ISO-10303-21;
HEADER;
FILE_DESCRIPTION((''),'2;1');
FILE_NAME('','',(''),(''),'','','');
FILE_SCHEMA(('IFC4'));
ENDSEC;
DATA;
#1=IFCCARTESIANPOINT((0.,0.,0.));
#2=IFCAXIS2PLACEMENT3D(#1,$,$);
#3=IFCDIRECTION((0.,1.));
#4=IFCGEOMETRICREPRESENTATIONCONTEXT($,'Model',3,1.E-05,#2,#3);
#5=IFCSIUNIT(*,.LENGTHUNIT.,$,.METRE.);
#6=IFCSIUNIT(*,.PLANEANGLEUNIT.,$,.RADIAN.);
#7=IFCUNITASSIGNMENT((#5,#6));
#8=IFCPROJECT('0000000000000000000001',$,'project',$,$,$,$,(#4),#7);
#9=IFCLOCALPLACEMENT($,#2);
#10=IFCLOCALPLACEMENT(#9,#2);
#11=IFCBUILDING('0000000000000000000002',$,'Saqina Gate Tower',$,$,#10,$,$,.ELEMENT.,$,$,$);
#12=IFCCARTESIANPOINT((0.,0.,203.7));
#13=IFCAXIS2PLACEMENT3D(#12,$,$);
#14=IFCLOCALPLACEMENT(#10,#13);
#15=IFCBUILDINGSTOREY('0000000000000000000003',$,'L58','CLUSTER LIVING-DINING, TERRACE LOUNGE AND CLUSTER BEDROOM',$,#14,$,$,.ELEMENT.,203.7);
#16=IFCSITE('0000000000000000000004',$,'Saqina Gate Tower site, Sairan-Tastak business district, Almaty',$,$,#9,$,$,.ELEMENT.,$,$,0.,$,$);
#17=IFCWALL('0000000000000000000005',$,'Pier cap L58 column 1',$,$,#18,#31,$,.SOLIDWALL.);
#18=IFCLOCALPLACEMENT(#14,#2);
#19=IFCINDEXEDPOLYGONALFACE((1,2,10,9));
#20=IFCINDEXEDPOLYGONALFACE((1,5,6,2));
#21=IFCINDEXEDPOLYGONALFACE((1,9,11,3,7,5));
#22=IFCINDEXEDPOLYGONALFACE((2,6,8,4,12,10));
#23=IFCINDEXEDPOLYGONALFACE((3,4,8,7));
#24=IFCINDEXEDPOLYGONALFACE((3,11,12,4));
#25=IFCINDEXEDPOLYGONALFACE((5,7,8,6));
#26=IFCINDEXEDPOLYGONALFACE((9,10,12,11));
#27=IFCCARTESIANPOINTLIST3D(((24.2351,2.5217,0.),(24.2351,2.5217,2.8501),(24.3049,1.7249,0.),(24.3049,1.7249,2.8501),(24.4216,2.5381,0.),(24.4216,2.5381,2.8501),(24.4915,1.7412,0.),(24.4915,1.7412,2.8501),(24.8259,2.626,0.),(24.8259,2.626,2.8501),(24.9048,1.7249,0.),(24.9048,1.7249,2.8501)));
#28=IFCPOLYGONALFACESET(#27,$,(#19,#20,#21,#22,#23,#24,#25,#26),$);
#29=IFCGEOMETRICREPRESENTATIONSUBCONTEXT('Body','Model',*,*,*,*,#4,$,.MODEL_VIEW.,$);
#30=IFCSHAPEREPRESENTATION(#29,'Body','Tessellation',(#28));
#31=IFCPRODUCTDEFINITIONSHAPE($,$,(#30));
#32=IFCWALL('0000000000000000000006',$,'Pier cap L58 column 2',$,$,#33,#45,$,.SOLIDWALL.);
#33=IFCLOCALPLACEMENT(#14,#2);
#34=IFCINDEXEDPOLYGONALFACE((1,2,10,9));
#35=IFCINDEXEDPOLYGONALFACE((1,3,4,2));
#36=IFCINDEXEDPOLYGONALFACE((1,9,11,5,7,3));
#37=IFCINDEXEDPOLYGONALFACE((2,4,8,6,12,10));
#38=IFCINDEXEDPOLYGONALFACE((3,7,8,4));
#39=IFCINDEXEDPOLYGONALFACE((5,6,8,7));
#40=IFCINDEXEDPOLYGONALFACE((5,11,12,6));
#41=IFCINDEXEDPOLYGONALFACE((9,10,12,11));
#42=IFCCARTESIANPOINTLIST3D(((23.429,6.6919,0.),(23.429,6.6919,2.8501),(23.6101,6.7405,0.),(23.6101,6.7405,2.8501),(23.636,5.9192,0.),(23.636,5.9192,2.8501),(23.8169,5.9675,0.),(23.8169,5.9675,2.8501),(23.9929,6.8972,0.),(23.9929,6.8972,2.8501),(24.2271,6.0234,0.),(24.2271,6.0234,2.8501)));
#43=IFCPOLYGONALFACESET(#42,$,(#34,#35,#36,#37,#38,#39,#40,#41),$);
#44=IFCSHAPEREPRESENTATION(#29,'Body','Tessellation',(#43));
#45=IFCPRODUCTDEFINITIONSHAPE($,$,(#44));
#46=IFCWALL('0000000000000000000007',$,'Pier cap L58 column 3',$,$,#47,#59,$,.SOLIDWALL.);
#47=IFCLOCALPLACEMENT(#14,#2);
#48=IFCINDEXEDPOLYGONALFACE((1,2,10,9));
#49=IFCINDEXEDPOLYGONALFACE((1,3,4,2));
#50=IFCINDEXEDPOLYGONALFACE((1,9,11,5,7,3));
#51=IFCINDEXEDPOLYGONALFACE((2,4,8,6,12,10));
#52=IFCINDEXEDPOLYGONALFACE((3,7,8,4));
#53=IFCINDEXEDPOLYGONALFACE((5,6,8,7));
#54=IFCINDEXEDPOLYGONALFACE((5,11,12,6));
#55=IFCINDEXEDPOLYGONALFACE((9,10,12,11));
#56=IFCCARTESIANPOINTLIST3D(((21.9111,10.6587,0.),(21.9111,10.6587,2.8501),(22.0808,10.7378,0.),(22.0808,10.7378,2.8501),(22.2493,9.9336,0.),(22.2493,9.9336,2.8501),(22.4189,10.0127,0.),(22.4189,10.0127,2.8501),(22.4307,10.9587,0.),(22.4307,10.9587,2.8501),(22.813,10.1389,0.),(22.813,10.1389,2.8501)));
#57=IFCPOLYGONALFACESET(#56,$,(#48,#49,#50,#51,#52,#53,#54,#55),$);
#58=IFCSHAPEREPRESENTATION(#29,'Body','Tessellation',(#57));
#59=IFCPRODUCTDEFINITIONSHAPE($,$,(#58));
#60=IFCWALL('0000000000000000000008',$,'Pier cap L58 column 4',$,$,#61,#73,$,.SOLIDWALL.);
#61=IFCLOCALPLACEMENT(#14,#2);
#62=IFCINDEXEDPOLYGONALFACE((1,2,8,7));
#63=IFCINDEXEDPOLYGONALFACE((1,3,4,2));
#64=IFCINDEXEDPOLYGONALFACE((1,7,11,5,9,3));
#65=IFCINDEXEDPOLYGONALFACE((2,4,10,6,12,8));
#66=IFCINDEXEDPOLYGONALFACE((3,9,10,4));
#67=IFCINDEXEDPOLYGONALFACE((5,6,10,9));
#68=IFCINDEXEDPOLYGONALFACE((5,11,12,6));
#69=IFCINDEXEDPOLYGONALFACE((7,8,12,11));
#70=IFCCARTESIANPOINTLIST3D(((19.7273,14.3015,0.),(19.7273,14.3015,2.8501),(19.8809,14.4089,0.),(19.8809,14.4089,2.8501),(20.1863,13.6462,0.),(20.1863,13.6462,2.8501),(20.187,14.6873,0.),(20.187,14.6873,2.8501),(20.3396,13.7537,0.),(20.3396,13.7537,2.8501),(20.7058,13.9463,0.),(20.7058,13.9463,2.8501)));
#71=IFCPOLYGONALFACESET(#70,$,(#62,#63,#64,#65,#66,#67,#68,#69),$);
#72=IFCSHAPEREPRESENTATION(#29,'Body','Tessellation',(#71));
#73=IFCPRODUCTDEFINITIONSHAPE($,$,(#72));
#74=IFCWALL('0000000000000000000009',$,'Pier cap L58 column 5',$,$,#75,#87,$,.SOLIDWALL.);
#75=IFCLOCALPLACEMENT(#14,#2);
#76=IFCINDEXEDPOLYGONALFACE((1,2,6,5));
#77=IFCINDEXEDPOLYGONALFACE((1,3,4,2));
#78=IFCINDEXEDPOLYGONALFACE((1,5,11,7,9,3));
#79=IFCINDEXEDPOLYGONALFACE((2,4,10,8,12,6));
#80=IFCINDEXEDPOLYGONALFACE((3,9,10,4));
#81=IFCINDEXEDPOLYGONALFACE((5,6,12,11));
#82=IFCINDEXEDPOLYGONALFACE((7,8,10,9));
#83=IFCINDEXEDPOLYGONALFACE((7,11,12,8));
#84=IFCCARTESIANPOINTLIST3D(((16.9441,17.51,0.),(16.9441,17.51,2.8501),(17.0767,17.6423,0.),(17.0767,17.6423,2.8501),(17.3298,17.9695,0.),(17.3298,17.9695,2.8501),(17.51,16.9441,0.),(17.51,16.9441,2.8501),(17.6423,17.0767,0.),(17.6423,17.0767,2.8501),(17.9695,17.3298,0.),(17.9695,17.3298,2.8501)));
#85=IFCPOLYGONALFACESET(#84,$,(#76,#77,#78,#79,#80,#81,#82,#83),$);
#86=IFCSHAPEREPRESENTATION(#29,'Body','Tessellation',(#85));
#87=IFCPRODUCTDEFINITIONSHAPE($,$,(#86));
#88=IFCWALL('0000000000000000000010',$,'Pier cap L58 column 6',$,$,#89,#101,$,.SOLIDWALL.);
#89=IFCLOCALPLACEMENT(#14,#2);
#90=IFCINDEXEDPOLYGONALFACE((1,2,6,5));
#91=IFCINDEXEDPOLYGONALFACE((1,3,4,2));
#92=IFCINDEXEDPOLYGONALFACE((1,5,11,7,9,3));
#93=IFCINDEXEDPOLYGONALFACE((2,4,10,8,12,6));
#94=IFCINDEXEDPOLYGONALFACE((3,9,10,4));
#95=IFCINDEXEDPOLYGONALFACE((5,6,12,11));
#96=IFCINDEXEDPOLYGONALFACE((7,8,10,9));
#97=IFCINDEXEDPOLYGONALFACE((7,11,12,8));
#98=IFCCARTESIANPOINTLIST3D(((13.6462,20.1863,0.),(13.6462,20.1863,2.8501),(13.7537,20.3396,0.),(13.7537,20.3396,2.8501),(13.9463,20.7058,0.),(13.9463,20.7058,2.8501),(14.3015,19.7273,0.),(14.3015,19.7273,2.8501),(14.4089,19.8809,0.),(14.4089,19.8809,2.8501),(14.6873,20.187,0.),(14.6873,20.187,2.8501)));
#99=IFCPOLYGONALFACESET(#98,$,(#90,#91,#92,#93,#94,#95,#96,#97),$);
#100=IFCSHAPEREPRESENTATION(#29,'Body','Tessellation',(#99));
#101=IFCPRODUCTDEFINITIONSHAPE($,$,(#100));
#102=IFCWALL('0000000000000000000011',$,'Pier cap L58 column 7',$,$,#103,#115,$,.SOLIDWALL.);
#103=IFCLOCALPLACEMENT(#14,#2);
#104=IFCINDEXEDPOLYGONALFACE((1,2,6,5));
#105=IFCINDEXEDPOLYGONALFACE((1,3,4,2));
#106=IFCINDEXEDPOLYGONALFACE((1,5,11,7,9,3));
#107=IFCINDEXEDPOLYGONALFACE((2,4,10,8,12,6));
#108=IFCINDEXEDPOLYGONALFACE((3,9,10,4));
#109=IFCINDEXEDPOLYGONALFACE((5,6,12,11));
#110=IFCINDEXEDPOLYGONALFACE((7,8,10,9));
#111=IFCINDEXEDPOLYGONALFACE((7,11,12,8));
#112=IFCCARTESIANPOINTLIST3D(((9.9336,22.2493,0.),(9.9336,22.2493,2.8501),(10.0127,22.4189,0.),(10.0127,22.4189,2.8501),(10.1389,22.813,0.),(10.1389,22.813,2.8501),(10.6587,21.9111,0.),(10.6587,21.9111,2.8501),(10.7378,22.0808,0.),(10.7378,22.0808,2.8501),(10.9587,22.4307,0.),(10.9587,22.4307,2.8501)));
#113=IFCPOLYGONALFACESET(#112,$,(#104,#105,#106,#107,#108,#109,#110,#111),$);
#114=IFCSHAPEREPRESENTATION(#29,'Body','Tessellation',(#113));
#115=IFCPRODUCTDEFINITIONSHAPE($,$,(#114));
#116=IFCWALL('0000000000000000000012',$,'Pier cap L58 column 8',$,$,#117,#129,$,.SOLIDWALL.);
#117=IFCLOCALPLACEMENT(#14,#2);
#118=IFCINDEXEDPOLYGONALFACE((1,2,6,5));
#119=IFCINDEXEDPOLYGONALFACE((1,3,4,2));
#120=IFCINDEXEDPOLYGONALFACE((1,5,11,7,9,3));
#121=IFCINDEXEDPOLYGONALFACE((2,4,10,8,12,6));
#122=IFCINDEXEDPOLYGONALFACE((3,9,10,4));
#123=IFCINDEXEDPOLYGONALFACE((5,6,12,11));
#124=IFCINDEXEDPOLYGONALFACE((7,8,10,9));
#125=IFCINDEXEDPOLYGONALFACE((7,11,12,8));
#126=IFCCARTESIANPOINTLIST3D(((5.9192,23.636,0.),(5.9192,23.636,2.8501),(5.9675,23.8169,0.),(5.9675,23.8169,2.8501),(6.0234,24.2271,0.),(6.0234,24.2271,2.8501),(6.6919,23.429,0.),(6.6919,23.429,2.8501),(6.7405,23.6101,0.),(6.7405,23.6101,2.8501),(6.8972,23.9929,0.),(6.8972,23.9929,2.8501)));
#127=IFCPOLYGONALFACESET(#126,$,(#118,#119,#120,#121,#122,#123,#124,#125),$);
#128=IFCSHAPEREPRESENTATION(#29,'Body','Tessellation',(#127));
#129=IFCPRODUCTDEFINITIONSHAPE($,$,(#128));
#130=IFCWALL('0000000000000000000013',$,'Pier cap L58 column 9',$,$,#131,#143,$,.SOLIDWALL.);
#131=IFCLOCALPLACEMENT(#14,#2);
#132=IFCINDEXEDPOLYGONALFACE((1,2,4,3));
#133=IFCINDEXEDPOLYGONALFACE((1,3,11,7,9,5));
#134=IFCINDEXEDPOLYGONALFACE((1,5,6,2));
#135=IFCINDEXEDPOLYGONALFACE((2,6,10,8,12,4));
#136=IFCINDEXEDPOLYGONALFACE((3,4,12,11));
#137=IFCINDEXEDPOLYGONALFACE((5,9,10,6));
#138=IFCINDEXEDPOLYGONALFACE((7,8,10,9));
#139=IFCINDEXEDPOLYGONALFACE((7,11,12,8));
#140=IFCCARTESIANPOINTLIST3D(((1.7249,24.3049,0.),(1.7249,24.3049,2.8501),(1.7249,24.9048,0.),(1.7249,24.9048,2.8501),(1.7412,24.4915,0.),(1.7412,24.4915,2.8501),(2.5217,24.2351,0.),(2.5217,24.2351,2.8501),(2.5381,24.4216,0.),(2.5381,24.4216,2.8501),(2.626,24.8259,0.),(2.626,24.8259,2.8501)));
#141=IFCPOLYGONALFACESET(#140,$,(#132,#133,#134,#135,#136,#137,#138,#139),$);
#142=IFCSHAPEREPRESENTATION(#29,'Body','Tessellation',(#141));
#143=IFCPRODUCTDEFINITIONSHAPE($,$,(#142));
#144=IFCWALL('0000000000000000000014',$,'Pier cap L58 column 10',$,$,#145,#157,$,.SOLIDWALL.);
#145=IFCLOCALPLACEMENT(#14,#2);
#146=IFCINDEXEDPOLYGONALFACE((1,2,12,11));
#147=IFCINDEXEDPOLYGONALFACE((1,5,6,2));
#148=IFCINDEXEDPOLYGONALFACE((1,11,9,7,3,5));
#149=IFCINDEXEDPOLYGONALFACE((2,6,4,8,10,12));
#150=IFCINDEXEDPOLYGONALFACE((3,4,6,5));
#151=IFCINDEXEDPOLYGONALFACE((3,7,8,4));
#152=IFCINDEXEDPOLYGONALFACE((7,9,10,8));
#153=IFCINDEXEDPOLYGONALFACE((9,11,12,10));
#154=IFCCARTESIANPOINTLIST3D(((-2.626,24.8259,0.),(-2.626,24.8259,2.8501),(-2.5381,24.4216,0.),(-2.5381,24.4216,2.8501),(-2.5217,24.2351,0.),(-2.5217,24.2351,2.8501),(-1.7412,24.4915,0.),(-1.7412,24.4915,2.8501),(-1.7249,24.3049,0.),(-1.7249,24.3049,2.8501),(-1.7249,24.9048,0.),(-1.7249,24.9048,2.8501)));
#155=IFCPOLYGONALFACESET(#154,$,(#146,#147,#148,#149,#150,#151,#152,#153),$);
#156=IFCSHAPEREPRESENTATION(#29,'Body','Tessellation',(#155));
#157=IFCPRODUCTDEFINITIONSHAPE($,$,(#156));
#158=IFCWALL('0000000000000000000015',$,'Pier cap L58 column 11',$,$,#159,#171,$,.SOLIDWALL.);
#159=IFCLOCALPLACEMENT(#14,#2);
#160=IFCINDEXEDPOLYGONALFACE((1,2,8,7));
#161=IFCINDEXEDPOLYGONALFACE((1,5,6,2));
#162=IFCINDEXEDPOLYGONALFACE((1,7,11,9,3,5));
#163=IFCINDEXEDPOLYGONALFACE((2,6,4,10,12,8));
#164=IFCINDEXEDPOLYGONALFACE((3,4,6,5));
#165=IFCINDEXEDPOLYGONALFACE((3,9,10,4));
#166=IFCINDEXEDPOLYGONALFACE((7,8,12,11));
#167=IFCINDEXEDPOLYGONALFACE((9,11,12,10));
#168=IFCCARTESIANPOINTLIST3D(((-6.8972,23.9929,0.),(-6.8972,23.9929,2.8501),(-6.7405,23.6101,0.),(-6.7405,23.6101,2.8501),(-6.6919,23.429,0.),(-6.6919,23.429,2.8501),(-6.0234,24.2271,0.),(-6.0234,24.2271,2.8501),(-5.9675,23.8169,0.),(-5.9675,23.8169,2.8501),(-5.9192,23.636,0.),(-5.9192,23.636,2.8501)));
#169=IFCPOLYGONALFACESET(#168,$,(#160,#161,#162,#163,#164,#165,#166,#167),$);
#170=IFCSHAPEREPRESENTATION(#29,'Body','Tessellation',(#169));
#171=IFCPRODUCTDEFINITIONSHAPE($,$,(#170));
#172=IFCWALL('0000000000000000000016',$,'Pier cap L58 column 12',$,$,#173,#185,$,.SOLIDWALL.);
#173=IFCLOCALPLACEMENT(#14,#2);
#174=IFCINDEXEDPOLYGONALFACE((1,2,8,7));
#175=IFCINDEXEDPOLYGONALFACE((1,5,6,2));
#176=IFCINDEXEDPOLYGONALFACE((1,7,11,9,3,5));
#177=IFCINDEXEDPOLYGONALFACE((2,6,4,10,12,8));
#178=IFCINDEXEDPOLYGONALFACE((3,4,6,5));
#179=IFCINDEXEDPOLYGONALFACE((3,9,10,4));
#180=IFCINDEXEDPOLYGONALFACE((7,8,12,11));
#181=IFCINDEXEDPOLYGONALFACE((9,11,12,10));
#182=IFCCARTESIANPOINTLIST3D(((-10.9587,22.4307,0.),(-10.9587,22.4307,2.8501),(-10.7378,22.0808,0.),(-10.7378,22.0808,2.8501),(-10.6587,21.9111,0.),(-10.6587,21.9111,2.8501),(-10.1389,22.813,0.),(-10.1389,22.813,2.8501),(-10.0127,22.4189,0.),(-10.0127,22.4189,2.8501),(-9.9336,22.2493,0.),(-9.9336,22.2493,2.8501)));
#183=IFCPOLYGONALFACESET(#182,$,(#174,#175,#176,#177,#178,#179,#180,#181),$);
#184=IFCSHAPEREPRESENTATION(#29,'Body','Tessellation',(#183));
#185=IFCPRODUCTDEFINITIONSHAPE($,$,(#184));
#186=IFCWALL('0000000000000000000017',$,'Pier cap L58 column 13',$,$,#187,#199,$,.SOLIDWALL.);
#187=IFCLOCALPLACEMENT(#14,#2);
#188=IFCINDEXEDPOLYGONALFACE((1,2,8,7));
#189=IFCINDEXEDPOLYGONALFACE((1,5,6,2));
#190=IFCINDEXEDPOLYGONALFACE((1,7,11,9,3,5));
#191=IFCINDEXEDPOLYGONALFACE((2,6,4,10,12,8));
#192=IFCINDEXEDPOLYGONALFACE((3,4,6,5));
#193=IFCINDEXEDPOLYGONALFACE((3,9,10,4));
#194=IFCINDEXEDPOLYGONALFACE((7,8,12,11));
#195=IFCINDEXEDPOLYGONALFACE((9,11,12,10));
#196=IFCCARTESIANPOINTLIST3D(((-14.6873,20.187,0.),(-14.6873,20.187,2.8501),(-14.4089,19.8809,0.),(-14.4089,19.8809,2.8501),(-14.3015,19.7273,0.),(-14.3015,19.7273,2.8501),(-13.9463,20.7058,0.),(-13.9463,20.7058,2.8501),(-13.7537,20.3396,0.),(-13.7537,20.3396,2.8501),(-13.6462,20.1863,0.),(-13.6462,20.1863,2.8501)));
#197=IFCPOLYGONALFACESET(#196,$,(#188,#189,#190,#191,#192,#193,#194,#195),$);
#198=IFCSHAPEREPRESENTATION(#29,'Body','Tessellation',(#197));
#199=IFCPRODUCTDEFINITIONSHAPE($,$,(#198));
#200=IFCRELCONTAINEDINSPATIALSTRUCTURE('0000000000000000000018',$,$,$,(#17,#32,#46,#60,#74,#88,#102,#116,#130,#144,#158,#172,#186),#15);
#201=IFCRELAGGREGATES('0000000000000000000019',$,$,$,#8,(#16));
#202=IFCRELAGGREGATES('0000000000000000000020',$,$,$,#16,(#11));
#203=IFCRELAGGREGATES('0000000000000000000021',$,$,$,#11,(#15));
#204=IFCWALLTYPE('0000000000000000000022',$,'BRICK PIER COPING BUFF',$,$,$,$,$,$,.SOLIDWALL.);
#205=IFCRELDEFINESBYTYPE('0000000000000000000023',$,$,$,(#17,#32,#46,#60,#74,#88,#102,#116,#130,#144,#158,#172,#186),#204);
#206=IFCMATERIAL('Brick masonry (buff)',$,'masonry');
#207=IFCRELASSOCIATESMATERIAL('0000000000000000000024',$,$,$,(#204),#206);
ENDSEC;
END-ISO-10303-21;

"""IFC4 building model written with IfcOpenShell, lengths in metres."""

from ifc_helpers import new_model, si_unit, direction, frame, origin, place, context, subcontext, project, spatial, polyline, outline, extrude, material, type_object, element, save


model = new_model("IFC4")

# Units and contexts
model_context = context("Model", 3, precision=1e-05, world=origin(), true_north=direction((0.0, 1.0)))
body_context = subcontext(model_context, "Body", "Model", "MODEL_VIEW")
ifc_project = project(units=[si_unit("LENGTHUNIT", "METRE"), si_unit("PLANEANGLEUNIT", "RADIAN")], contexts=[model_context])

# Site, building, storey
site_placement = place(None, origin())
site = spatial("IfcSite", under=ifc_project, at=site_placement, Name="Saqina Gate Tower site, Sairan-Tastak business district, Almaty", CompositionType="ELEMENT", RefElevation=0.0)
building_placement = place(site_placement, origin())
building = spatial("IfcBuilding", under=site, at=building_placement, Name="Saqina Gate Tower", CompositionType="ELEMENT")
storey_placement = place(building_placement, frame((0.0, 0.0, 203.7)))
storey = spatial("IfcBuildingStorey", under=building, at=storey_placement, Name="L58", Description="CLUSTER LIVING-DINING, TERRACE LOUNGE AND CLUSTER BEDROOM", CompositionType="ELEMENT", Elevation=203.7)

# Walls
ifc_material = material(Name="Brick masonry (buff)", Category="masonry")
wall_type = type_object("IfcWallType", Name="BRICK PIER COPING BUFF", PredefinedType="SOLIDWALL", material=ifc_material)
wall_1_placement = place(storey_placement, origin())
element("IfcWall", 1, at=wall_1_placement, inside=storey, type_object=wall_type, Name="Pier cap L58 column 1", PredefinedType="SOLIDWALL", context=body_context, shape_type="SweptSolid", body=[
    extrude(outline(polyline([(24.9048, 1.7249), (24.8259, 2.626), (24.2351, 2.5217), (24.4216, 2.5381), (24.4915, 1.7412), (24.3049, 1.7249), (24.9048, 1.7249)])), origin(), (0.0, 0.0, 1.0), 2.8501),
])
wall_2_placement = place(storey_placement, origin())
element("IfcWall", 2, at=wall_2_placement, inside=storey, type_object=wall_type, Name="Pier cap L58 column 2", PredefinedType="SOLIDWALL", context=body_context, shape_type="SweptSolid", body=[
    extrude(outline(polyline([(24.2271, 6.0234), (23.9929, 6.8972), (23.429, 6.6919), (23.6101, 6.7405), (23.8169, 5.9675), (23.636, 5.9192), (24.2271, 6.0234)])), origin(), (0.0, 0.0, 1.0), 2.8501),
])
wall_3_placement = place(storey_placement, origin())
element("IfcWall", 3, at=wall_3_placement, inside=storey, type_object=wall_type, Name="Pier cap L58 column 3", PredefinedType="SOLIDWALL", context=body_context, shape_type="SweptSolid", body=[
    extrude(outline(polyline([(22.4307, 10.9587), (21.9111, 10.6587), (22.0808, 10.7378), (22.4189, 10.0127), (22.2493, 9.9336), (22.813, 10.1389), (22.4307, 10.9587)])), origin(), (0.0, 0.0, 1.0), 2.8501),
])
wall_4_placement = place(storey_placement, origin())
element("IfcWall", 4, at=wall_4_placement, inside=storey, type_object=wall_type, Name="Pier cap L58 column 4", PredefinedType="SOLIDWALL", context=body_context, shape_type="SweptSolid", body=[
    extrude(outline(polyline([(20.7058, 13.9463), (20.187, 14.6873), (19.7273, 14.3015), (19.8809, 14.4089), (20.3396, 13.7537), (20.1863, 13.6462), (20.7058, 13.9463)])), origin(), (0.0, 0.0, 1.0), 2.8501),
])
wall_5_placement = place(storey_placement, origin())
element("IfcWall", 5, at=wall_5_placement, inside=storey, type_object=wall_type, Name="Pier cap L58 column 5", PredefinedType="SOLIDWALL", context=body_context, shape_type="SweptSolid", body=[
    extrude(outline(polyline([(17.3298, 17.9695), (16.9441, 17.51), (17.0767, 17.6423), (17.6423, 17.0767), (17.51, 16.9441), (17.9695, 17.3298), (17.3298, 17.9695)])), origin(), (0.0, 0.0, 1.0), 2.8501),
])
wall_6_placement = place(storey_placement, origin())
element("IfcWall", 6, at=wall_6_placement, inside=storey, type_object=wall_type, Name="Pier cap L58 column 6", PredefinedType="SOLIDWALL", context=body_context, shape_type="SweptSolid", body=[
    extrude(outline(polyline([(14.6873, 20.187), (13.9463, 20.7058), (13.6462, 20.1863), (13.7537, 20.3396), (14.4089, 19.8809), (14.3015, 19.7273), (14.6873, 20.187)])), origin(), (0.0, 0.0, 1.0), 2.8501),
])
wall_7_placement = place(storey_placement, origin())
element("IfcWall", 7, at=wall_7_placement, inside=storey, type_object=wall_type, Name="Pier cap L58 column 7", PredefinedType="SOLIDWALL", context=body_context, shape_type="SweptSolid", body=[
    extrude(outline(polyline([(10.1389, 22.813), (9.9336, 22.2493), (10.0127, 22.4189), (10.7378, 22.0808), (10.6587, 21.9111), (10.9587, 22.4307), (10.1389, 22.813)])), origin(), (0.0, 0.0, 1.0), 2.8501),
])
wall_8_placement = place(storey_placement, origin())
element("IfcWall", 8, at=wall_8_placement, inside=storey, type_object=wall_type, Name="Pier cap L58 column 8", PredefinedType="SOLIDWALL", context=body_context, shape_type="SweptSolid", body=[
    extrude(outline(polyline([(6.0234, 24.2271), (5.9192, 23.636), (5.9675, 23.8169), (6.7405, 23.6101), (6.6919, 23.429), (6.8972, 23.9929), (6.0234, 24.2271)])), origin(), (0.0, 0.0, 1.0), 2.8501),
])
wall_9_placement = place(storey_placement, origin())
element("IfcWall", 9, at=wall_9_placement, inside=storey, type_object=wall_type, Name="Pier cap L58 column 9", PredefinedType="SOLIDWALL", context=body_context, shape_type="SweptSolid", body=[
    extrude(outline(polyline([(2.626, 24.8259), (1.7249, 24.9048), (1.7249, 24.3049), (1.7412, 24.4915), (2.5381, 24.4216), (2.5217, 24.2351), (2.626, 24.8259)])), origin(), (0.0, 0.0, 1.0), 2.8501),
])
wall_10_placement = place(storey_placement, origin())
element("IfcWall", 10, at=wall_10_placement, inside=storey, type_object=wall_type, Name="Pier cap L58 column 10", PredefinedType="SOLIDWALL", context=body_context, shape_type="SweptSolid", body=[
    extrude(outline(polyline([(-1.7249, 24.9048), (-2.626, 24.8259), (-2.5217, 24.2351), (-2.5381, 24.4216), (-1.7412, 24.4915), (-1.7249, 24.3049), (-1.7249, 24.9048)])), origin(), (0.0, 0.0, 1.0), 2.8501),
])
wall_11_placement = place(storey_placement, origin())
element("IfcWall", 11, at=wall_11_placement, inside=storey, type_object=wall_type, Name="Pier cap L58 column 11", PredefinedType="SOLIDWALL", context=body_context, shape_type="SweptSolid", body=[
    extrude(outline(polyline([(-6.0234, 24.2271), (-6.8972, 23.9929), (-6.6919, 23.429), (-6.7405, 23.6101), (-5.9675, 23.8169), (-5.9192, 23.636), (-6.0234, 24.2271)])), origin(), (0.0, 0.0, 1.0), 2.8501),
])
wall_12_placement = place(storey_placement, origin())
element("IfcWall", 12, at=wall_12_placement, inside=storey, type_object=wall_type, Name="Pier cap L58 column 12", PredefinedType="SOLIDWALL", context=body_context, shape_type="SweptSolid", body=[
    extrude(outline(polyline([(-10.9587, 22.4307), (-10.6587, 21.9111), (-10.7378, 22.0808), (-10.0127, 22.4189), (-9.9336, 22.2493), (-10.1389, 22.813), (-10.9587, 22.4307)])), origin(), (0.0, 0.0, 1.0), 2.8501),
])
wall_13_placement = place(storey_placement, origin())
element("IfcWall", 13, at=wall_13_placement, inside=storey, type_object=wall_type, Name="Pier cap L58 column 13", PredefinedType="SOLIDWALL", context=body_context, shape_type="SweptSolid", body=[
    extrude(outline(polyline([(-13.9463, 20.7058), (-14.6873, 20.187), (-14.3015, 19.7273), (-14.4089, 19.8809), (-13.7537, 20.3396), (-13.6462, 20.1863), (-13.9463, 20.7058)])), origin(), (0.0, 0.0, 1.0), 2.8501),
])

save(model, "model.ifc")
